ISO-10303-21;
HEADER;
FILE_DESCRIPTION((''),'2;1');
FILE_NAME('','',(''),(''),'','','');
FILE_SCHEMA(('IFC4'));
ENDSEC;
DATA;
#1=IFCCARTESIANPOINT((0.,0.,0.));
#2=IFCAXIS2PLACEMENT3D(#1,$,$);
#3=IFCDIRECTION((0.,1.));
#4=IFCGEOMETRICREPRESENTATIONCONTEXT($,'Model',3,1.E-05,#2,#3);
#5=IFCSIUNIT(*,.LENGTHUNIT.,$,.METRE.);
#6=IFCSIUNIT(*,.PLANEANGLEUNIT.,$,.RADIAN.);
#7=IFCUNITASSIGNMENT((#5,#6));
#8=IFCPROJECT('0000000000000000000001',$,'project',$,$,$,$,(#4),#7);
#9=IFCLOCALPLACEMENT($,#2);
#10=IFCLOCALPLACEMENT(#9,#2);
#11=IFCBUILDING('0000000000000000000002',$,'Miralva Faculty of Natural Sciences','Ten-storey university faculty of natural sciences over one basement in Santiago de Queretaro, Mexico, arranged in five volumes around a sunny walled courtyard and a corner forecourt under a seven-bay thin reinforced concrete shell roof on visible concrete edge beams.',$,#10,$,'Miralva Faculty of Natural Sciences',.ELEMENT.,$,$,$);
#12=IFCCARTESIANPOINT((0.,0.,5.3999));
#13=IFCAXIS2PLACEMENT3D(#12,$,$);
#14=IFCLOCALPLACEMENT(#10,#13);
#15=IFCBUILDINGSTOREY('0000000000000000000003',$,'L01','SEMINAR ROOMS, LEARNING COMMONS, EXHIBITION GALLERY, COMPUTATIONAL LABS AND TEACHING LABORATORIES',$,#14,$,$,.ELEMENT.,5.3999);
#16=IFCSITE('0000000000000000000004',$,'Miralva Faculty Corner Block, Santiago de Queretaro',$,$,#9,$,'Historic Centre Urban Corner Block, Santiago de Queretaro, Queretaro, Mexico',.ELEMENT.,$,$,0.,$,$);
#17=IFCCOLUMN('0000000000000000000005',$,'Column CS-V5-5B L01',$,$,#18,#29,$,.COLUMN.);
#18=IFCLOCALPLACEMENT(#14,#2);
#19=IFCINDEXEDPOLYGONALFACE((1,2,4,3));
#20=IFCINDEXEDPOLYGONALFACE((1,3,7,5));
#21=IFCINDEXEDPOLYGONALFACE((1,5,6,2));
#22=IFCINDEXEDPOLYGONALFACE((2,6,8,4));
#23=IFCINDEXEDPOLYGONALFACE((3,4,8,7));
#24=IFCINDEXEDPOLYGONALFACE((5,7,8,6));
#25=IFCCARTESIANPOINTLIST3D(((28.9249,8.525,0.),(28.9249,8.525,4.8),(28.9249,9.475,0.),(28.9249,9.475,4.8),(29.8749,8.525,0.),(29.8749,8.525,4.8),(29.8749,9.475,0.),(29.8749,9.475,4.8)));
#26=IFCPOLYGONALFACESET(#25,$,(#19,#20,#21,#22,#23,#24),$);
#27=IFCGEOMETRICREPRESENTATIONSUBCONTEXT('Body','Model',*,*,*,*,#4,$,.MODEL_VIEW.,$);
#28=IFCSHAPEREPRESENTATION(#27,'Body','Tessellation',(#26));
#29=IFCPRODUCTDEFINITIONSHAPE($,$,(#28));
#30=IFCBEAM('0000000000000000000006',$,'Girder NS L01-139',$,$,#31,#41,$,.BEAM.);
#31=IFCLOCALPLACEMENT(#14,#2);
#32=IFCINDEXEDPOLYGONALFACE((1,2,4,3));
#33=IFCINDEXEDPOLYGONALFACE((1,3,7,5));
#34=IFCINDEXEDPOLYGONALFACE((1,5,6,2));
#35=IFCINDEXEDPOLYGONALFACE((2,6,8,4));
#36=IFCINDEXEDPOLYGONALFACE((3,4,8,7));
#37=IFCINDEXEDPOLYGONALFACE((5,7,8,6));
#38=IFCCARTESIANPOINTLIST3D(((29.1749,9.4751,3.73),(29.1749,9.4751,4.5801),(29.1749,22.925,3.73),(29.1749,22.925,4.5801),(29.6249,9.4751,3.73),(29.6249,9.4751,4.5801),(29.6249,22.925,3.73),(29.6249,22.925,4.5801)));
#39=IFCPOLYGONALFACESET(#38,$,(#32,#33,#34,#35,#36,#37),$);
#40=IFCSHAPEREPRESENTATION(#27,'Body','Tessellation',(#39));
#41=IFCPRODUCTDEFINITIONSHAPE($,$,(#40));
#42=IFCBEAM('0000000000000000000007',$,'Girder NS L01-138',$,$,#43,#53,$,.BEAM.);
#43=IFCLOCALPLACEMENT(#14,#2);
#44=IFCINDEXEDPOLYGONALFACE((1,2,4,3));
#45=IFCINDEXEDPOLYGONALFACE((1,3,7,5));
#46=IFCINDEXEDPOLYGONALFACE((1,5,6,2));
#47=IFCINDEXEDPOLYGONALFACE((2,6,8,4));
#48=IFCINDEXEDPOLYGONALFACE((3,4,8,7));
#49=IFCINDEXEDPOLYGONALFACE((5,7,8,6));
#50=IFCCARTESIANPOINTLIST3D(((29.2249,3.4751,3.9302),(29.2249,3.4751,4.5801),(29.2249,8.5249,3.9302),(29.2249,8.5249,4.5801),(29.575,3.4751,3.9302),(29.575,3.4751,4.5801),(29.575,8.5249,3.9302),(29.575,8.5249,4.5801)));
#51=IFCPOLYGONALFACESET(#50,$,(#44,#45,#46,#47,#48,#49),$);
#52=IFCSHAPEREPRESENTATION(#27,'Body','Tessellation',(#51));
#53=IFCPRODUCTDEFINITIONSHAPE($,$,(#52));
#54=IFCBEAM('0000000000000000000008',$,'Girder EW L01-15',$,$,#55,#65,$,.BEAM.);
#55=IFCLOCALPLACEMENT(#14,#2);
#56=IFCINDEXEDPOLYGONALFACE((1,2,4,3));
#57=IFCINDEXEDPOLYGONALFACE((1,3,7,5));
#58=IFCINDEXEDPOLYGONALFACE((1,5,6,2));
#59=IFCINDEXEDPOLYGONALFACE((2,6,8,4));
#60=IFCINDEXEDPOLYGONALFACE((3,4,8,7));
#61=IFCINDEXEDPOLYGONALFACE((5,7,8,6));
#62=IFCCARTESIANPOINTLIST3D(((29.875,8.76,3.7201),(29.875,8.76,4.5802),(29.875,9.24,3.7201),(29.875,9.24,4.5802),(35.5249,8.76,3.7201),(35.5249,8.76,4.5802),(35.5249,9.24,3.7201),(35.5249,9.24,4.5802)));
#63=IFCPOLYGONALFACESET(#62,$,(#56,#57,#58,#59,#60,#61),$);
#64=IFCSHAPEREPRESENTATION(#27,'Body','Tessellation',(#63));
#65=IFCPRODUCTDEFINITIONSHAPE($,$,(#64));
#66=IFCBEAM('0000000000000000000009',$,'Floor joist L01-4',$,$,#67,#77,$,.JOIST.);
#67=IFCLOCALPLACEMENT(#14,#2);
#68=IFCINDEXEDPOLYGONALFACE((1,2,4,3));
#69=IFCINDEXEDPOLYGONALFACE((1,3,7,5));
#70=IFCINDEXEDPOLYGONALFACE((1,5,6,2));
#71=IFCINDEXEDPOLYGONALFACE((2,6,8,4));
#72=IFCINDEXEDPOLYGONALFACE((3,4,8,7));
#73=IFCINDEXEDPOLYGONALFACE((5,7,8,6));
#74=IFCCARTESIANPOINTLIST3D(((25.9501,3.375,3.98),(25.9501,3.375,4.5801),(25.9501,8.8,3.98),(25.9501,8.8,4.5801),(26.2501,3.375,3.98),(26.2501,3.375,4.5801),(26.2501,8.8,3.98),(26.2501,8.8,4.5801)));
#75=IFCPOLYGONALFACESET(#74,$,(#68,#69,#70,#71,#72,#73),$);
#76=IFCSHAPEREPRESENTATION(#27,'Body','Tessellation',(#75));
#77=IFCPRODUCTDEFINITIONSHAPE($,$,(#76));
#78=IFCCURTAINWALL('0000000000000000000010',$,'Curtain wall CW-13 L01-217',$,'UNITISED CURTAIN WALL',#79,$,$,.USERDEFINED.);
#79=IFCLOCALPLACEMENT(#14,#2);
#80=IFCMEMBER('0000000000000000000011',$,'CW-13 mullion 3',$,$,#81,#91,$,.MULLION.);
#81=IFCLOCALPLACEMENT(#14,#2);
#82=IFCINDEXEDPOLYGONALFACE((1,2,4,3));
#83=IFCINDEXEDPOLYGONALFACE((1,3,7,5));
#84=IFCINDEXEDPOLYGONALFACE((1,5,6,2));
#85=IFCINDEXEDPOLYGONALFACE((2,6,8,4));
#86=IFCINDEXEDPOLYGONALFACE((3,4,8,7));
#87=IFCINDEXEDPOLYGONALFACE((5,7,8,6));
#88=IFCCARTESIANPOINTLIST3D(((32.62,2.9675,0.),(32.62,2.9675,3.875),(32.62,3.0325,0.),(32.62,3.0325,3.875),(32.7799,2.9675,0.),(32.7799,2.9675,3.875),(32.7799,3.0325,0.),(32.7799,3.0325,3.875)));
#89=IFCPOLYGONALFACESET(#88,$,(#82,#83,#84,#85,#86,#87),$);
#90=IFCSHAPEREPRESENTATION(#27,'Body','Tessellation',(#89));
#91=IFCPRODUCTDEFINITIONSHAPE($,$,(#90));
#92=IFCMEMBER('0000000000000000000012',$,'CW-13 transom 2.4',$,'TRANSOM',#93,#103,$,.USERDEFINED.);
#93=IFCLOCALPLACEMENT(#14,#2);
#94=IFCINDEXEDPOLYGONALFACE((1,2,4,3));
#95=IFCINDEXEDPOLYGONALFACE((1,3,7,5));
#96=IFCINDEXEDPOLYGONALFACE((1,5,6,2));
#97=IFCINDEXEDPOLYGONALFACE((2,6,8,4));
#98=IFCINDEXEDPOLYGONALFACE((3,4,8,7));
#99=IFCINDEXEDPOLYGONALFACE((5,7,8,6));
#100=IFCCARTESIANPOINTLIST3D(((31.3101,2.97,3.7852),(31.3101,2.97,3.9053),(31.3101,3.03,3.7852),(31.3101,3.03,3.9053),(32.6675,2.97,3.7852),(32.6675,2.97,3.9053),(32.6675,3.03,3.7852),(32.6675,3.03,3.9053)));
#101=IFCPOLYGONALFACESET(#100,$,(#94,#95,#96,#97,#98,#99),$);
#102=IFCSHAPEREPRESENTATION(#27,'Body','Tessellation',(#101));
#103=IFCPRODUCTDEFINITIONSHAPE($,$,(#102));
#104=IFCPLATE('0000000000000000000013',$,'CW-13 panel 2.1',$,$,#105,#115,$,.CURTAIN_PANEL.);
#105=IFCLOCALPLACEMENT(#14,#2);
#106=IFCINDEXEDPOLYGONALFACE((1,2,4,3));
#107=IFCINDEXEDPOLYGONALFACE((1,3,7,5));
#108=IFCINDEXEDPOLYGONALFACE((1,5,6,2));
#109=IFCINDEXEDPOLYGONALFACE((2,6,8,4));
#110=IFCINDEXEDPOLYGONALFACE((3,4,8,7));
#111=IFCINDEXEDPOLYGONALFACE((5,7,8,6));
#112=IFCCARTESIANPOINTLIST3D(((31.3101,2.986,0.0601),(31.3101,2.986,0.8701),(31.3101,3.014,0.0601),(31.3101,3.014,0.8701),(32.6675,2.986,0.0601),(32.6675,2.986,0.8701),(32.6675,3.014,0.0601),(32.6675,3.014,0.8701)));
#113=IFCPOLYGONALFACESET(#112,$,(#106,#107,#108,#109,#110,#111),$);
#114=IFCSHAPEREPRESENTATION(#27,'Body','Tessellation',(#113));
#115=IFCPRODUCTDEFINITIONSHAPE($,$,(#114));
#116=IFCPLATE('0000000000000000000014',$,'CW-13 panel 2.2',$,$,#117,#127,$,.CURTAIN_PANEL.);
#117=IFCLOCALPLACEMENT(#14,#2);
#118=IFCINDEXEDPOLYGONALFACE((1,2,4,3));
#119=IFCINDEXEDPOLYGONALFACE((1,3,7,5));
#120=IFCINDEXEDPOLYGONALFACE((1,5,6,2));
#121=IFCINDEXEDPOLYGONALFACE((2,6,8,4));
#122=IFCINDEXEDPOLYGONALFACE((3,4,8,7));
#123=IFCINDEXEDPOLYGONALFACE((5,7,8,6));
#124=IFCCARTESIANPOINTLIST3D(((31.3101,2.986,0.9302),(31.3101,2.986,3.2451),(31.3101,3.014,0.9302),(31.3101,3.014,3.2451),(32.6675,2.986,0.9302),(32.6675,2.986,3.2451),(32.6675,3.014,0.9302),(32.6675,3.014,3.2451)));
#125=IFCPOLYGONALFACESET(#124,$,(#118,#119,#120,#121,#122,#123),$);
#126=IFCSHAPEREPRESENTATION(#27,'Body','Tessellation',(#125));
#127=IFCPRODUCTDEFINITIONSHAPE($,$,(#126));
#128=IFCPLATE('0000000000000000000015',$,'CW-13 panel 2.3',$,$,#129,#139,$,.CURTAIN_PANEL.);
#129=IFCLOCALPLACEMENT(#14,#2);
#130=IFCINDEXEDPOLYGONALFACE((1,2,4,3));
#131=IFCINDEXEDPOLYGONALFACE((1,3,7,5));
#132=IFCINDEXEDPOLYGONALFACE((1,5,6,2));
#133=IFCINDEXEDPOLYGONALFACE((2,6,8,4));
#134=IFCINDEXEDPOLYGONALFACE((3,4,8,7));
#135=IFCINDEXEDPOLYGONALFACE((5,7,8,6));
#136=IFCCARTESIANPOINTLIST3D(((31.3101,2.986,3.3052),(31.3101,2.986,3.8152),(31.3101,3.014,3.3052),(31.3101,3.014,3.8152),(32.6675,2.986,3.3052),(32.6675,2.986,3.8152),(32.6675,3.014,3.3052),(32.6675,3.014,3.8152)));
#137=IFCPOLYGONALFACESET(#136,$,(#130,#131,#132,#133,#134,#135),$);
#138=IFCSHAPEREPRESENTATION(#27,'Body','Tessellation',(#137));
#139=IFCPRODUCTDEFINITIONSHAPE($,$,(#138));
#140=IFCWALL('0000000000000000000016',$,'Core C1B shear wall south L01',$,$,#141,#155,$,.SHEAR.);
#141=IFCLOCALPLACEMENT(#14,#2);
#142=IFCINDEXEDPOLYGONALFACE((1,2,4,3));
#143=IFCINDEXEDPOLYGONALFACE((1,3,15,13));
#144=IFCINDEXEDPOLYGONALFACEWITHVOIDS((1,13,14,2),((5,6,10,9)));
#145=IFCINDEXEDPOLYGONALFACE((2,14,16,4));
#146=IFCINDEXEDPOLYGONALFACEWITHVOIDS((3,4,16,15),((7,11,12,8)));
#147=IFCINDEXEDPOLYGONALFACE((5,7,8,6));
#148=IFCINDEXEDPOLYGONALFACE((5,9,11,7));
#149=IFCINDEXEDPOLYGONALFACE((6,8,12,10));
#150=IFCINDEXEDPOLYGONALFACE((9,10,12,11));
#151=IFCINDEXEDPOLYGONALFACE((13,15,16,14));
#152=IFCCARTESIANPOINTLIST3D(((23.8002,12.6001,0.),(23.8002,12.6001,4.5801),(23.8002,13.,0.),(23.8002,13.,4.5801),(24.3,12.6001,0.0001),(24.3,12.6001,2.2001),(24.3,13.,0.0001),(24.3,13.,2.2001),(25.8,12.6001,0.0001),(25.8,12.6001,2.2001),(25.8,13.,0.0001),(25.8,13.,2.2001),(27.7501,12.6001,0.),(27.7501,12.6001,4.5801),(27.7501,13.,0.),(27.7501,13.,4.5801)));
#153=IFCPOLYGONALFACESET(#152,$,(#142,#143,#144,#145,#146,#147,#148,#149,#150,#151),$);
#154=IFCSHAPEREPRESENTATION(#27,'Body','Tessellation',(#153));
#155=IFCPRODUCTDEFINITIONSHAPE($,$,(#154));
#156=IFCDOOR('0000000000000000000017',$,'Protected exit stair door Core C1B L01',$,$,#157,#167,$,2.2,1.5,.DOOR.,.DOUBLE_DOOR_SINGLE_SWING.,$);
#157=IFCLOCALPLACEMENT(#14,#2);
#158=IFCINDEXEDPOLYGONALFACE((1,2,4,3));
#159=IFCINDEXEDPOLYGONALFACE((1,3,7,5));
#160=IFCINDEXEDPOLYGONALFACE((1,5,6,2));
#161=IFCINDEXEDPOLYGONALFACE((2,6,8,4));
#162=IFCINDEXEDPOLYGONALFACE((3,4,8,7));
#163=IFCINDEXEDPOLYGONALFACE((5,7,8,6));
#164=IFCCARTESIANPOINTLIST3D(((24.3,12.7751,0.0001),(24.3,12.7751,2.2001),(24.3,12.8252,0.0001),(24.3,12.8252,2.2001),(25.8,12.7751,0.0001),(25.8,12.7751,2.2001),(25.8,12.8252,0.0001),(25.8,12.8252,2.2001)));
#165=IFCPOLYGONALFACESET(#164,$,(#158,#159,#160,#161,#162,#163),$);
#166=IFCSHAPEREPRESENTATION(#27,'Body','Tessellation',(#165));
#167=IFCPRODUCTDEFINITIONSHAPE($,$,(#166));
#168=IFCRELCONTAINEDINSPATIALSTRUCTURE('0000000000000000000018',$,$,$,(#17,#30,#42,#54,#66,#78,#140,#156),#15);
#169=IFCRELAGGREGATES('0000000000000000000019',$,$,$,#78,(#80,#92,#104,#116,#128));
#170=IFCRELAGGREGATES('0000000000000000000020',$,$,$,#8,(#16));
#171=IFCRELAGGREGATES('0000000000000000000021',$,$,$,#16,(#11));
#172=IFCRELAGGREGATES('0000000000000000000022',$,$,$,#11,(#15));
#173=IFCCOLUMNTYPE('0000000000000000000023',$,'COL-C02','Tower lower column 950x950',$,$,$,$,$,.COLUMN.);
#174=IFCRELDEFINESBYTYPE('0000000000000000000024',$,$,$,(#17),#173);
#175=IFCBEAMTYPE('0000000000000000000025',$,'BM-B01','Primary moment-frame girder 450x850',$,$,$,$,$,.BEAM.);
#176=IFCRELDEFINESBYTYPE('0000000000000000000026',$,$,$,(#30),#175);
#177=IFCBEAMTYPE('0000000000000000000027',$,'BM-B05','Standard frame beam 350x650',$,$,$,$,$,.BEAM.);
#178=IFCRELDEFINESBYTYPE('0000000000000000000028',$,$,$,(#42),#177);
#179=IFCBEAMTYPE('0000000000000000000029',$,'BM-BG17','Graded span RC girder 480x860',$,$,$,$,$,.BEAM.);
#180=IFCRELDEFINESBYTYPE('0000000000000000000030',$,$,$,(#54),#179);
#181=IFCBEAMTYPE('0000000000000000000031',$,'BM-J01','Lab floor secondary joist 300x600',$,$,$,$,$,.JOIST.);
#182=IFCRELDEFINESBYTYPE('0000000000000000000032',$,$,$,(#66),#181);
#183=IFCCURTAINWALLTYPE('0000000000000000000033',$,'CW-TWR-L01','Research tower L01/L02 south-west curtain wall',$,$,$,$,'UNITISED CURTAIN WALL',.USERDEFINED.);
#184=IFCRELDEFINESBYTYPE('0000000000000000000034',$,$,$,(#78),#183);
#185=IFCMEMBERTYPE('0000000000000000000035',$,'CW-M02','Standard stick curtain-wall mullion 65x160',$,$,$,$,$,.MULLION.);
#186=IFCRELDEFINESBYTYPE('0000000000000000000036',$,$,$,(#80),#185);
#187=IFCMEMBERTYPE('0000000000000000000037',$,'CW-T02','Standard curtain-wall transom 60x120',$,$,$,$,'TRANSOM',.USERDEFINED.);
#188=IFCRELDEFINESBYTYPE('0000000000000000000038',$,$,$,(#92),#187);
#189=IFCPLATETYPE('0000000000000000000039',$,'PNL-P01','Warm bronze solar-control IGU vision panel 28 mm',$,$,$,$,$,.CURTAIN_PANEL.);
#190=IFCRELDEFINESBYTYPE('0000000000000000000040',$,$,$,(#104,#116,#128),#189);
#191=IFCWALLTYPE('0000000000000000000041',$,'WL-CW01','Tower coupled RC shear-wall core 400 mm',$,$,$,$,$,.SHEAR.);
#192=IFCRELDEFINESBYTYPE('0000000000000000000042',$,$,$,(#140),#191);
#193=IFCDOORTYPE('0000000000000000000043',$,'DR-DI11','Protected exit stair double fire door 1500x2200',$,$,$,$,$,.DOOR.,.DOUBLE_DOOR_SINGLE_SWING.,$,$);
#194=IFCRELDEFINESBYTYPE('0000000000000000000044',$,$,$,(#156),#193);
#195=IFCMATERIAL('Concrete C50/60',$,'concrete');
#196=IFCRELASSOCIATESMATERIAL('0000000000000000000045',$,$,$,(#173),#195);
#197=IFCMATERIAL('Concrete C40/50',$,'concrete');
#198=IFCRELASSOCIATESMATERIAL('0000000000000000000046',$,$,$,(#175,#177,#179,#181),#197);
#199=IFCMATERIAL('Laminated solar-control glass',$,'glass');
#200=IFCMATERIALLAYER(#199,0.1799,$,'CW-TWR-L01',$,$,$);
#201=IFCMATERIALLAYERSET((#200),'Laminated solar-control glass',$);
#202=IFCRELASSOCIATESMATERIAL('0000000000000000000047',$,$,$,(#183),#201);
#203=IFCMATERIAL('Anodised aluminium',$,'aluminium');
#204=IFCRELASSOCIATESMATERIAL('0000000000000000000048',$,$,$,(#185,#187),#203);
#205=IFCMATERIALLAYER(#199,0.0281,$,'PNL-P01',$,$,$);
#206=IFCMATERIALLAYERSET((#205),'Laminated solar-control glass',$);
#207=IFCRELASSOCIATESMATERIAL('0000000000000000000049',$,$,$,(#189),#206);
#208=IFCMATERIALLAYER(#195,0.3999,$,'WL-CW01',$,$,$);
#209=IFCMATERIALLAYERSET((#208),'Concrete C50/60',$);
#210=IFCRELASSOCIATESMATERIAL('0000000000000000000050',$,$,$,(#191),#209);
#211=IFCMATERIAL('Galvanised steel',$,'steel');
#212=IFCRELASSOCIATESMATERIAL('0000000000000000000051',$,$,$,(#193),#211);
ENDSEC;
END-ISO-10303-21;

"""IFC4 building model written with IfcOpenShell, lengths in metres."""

from ifc_helpers import new_model, si_unit, direction, frame, frame_2d, origin, origin_2d, place, context, subcontext, project, spatial, rectangle, extrude, material, layer, layer_set, material_profile, profile_set, type_object, element, fill, aggregate, save


model = new_model("IFC4")

# Units and contexts
model_context = context("Model", 3, precision=1e-05, world=origin(), true_north=direction((0.0, 1.0)))
body_context = subcontext(model_context, "Body", "Model", "MODEL_VIEW")
ifc_project = project(units=[si_unit("LENGTHUNIT", "METRE"), si_unit("PLANEANGLEUNIT", "RADIAN")], contexts=[model_context])

# Site, building, storey
site_placement = place(None, origin())
site = spatial("IfcSite", under=ifc_project, at=site_placement, Name="Miralva Faculty Corner Block, Santiago de Queretaro", LongName="Historic Centre Urban Corner Block, Santiago de Queretaro, Queretaro, Mexico", CompositionType="ELEMENT", RefElevation=0.0)
building_placement = place(site_placement, origin())
building = spatial("IfcBuilding", under=site, at=building_placement, Name="Miralva Faculty of Natural Sciences", Description="Ten-storey university faculty of natural sciences over one basement in Santiago de Queretaro, Mexico, arranged in five volumes around a sunny walled courtyard and a corner forecourt under a seven-bay thin reinforced concrete shell roof on visible concrete edge beams.", LongName="Miralva Faculty of Natural Sciences", CompositionType="ELEMENT")
storey_placement = place(building_placement, frame((0.0, 0.0, 5.3999)))
storey = spatial("IfcBuildingStorey", under=building, at=storey_placement, Name="L01", Description="SEMINAR ROOMS, LEARNING COMMONS, EXHIBITION GALLERY, COMPUTATIONAL LABS AND TEACHING LABORATORIES", CompositionType="ELEMENT", Elevation=5.3999)

# Column
ifc_material_1 = material(Name="Concrete C50/60", Category="concrete")
ifc_material_profile_1 = material_profile(ifc_material_1, rectangle(XDim=0.95, YDim=0.95, at=origin_2d()), Name="RC 950x950")
ifc_profile_set_1 = profile_set([ifc_material_profile_1], Name="Concrete C50/60")
column_type = type_object("IfcColumnType", Name="COL-C02", Description="Tower lower column 950x950", PredefinedType="COLUMN", material=ifc_profile_set_1)
column_placement = place(storey_placement, frame((29.3999, 9.0, 0.0), z_axis=(0.0, 0.0, 1.0), x_axis=(1.0, 0.0, 0.0)))
element("IfcColumn", 1, at=column_placement, inside=storey, type_object=column_type, Name="Column CS-V5-5B L01", PredefinedType="COLUMN", context=body_context, shape_type="SweptSolid", body=[
    extrude(rectangle(XDim=0.95, YDim=0.95, at=origin_2d()), origin(), (0.0, 0.0, 1.0), 4.8),
])

# Beams
ifc_material_2 = material(Name="Concrete C40/50", Category="concrete")
ifc_material_profile_2 = material_profile(ifc_material_2, rectangle(XDim=0.45, YDim=0.8501, at=origin_2d()), Name="RC 450x850")
ifc_profile_set_2 = profile_set([ifc_material_profile_2], Name="Concrete C40/50")
beam_type_1 = type_object("IfcBeamType", Name="BM-B01", Description="Primary moment-frame girder 450x850", PredefinedType="BEAM", material=ifc_profile_set_2)
beam_1_placement = place(storey_placement, frame((29.3999, 9.4751, 4.155), z_axis=(0.0, 1.0, 0.0), x_axis=(-1.0, 0.0, 0.0)))
element("IfcBeam", 2, at=beam_1_placement, inside=storey, type_object=beam_type_1, Name="Girder NS L01-139", PredefinedType="BEAM", context=body_context, shape_type="SweptSolid", body=[
    extrude(rectangle(XDim=0.45, YDim=0.8501, at=origin_2d()), origin(), (0.0, 0.0, 1.0), 13.45),
])
ifc_material_profile_3 = material_profile(ifc_material_2, rectangle(XDim=0.3501, YDim=0.6499, at=origin_2d()), Name="RC 350x650")
ifc_profile_set_3 = profile_set([ifc_material_profile_3], Name="Concrete C40/50")
beam_type_2 = type_object("IfcBeamType", Name="BM-B05", Description="Standard frame beam 350x650", PredefinedType="BEAM", material=ifc_profile_set_3)
beam_2_placement = place(storey_placement, frame((29.3999, 3.4751, 4.2551), z_axis=(0.0, 1.0, 0.0), x_axis=(-1.0, 0.0, 0.0)))
element("IfcBeam", 3, at=beam_2_placement, inside=storey, type_object=beam_type_2, Name="Girder NS L01-138", PredefinedType="BEAM", context=body_context, shape_type="SweptSolid", body=[
    extrude(rectangle(XDim=0.3501, YDim=0.6499, at=origin_2d()), origin(), (0.0, 0.0, 1.0), 5.0498),
])
ifc_material_profile_4 = material_profile(ifc_material_2, rectangle(XDim=0.48, YDim=0.8601, at=origin_2d()), Name="RC 480x860")
ifc_profile_set_4 = profile_set([ifc_material_profile_4], Name="Concrete C40/50")
beam_type_3 = type_object("IfcBeamType", Name="BM-BG17", Description="Graded span RC girder 480x860", PredefinedType="BEAM", material=ifc_profile_set_4)
beam_3_placement = place(storey_placement, frame((29.875, 9.0, 4.1501), z_axis=(1.0, 0.0, 0.0), x_axis=(0.0, 1.0, 0.0)))
element("IfcBeam", 4, at=beam_3_placement, inside=storey, type_object=beam_type_3, Name="Girder EW L01-15", PredefinedType="BEAM", context=body_context, shape_type="SweptSolid", body=[
    extrude(rectangle(XDim=0.48, YDim=0.8601, at=origin_2d()), origin(), (0.0, 0.0, 1.0), 5.6499),
])
ifc_material_profile_5 = material_profile(ifc_material_2, rectangle(XDim=0.3, YDim=0.6001, at=origin_2d()), Name="RC 300x600")
ifc_profile_set_5 = profile_set([ifc_material_profile_5], Name="Concrete C40/50")
beam_type_4 = type_object("IfcBeamType", Name="BM-J01", Description="Lab floor secondary joist 300x600", PredefinedType="JOIST", material=ifc_profile_set_5)
beam_4_placement = place(storey_placement, frame((26.1001, 3.375, 4.28), z_axis=(0.0, 1.0, 0.0), x_axis=(-1.0, 0.0, 0.0)))
element("IfcBeam", 5, at=beam_4_placement, inside=storey, type_object=beam_type_4, Name="Floor joist L01-4", PredefinedType="JOIST", context=body_context, shape_type="SweptSolid", body=[
    extrude(rectangle(XDim=0.3, YDim=0.6001, at=origin_2d()), origin(), (0.0, 0.0, 1.0), 5.425),
])

# Curtain wall, members, plates
ifc_material_3 = material(Name="Laminated solar-control glass", Category="glass")
ifc_layer_1 = layer(ifc_material_3, 0.1799, Name="CW-TWR-L01")
ifc_layer_set_1 = layer_set([ifc_layer_1], Name="Laminated solar-control glass")
curtain_wall_type = type_object("IfcCurtainWallType", Name="CW-TWR-L01", Description="Research tower L01/L02 south-west curtain wall", ElementType="UNITISED CURTAIN WALL", PredefinedType="USERDEFINED", material=ifc_layer_set_1)
curtain_wall_placement = place(storey_placement, origin())
curtain_wall = element("IfcCurtainWall", 6, at=curtain_wall_placement, inside=storey, type_object=curtain_wall_type, Name="Curtain wall CW-13 L01-217", ObjectType="UNITISED CURTAIN WALL", PredefinedType="USERDEFINED")
ifc_material_4 = material(Name="Anodised aluminium", Category="aluminium")
ifc_material_profile_6 = material_profile(ifc_material_4, rectangle(XDim=0.0649, YDim=0.1599, at=origin_2d()), Name="MULLION 65x160")
ifc_profile_set_6 = profile_set([ifc_material_profile_6], Name="Anodised aluminium")
member_type_1 = type_object("IfcMemberType", Name="CW-M02", Description="Standard stick curtain-wall mullion 65x160", PredefinedType="MULLION", material=ifc_profile_set_6)
member_1_placement = place(storey_placement, frame((32.7, 3.0, 0.0), z_axis=(0.0, 0.0, 1.0), x_axis=(0.0, 1.0, 0.0)))
member_1 = element("IfcMember", 7, at=member_1_placement, type_object=member_type_1, Name="CW-13 mullion 3", PredefinedType="MULLION", context=body_context, shape_type="SweptSolid", body=[
    extrude(rectangle(XDim=0.0649, YDim=0.1599, at=origin_2d()), origin(), (0.0, 0.0, 1.0), 3.875),
])
ifc_material_profile_7 = material_profile(ifc_material_4, rectangle(XDim=0.0601, YDim=0.1201, at=origin_2d()), Name="TRANSOM 60x120")
ifc_profile_set_7 = profile_set([ifc_material_profile_7], Name="Anodised aluminium")
member_type_2 = type_object("IfcMemberType", Name="CW-T02", Description="Standard curtain-wall transom 60x120", ElementType="TRANSOM", PredefinedType="USERDEFINED", material=ifc_profile_set_7)
member_2_placement = place(storey_placement, frame((31.3101, 3.0, 3.8452), z_axis=(1.0, 0.0, 0.0), x_axis=(0.0, 1.0, 0.0)))
member_2 = element("IfcMember", 8, at=member_2_placement, type_object=member_type_2, Name="CW-13 transom 2.4", ObjectType="TRANSOM", PredefinedType="USERDEFINED", context=body_context, shape_type="SweptSolid", body=[
    extrude(rectangle(XDim=0.0601, YDim=0.1201, at=origin_2d()), origin(), (0.0, 0.0, 1.0), 1.3574),
])
ifc_layer_2 = layer(ifc_material_3, 0.0281, Name="PNL-P01")
ifc_layer_set_2 = layer_set([ifc_layer_2], Name="Laminated solar-control glass")
plate_type = type_object("IfcPlateType", Name="PNL-P01", Description="Warm bronze solar-control IGU vision panel 28 mm", PredefinedType="CURTAIN_PANEL", material=ifc_layer_set_2)
plate_1_placement = place(storey_placement, frame((31.9888, 3.0, 0.0601), z_axis=(0.0, 0.0, 1.0), x_axis=(1.0, 0.0, 0.0)))
plate_1 = element("IfcPlate", 9, at=plate_1_placement, type_object=plate_type, Name="CW-13 panel 2.1", PredefinedType="CURTAIN_PANEL", context=body_context, shape_type="SweptSolid", body=[
    extrude(rectangle(XDim=1.3574, YDim=0.0281, at=origin_2d()), origin(), (0.0, 0.0, 1.0), 0.8101),
])
plate_2_placement = place(storey_placement, frame((31.9888, 3.0, 0.9302), z_axis=(0.0, 0.0, 1.0), x_axis=(1.0, 0.0, 0.0)))
plate_2 = element("IfcPlate", 10, at=plate_2_placement, type_object=plate_type, Name="CW-13 panel 2.2", PredefinedType="CURTAIN_PANEL", context=body_context, shape_type="SweptSolid", body=[
    extrude(rectangle(XDim=1.3574, YDim=0.0281, at=origin_2d()), origin(), (0.0, 0.0, 1.0), 2.3149),
])
plate_3_placement = place(storey_placement, frame((31.9888, 3.0, 3.3052), z_axis=(0.0, 0.0, 1.0), x_axis=(1.0, 0.0, 0.0)))
plate_3 = element("IfcPlate", 11, at=plate_3_placement, type_object=plate_type, Name="CW-13 panel 2.3", PredefinedType="CURTAIN_PANEL", context=body_context, shape_type="SweptSolid", body=[
    extrude(rectangle(XDim=1.3574, YDim=0.0281, at=origin_2d()), origin(), (0.0, 0.0, 1.0), 0.51),
])
aggregate(curtain_wall, [member_1, member_2, plate_1, plate_2, plate_3])

# Wall, opening, door
ifc_layer_3 = layer(ifc_material_1, 0.3999, Name="WL-CW01")
ifc_layer_set_3 = layer_set([ifc_layer_3], Name="Concrete C50/60")
wall_type_1 = type_object("IfcWallType", Name="WL-CW01", Description="Tower coupled RC shear-wall core 400 mm", PredefinedType="SHEAR", material=ifc_layer_set_3)
wall_1_placement = place(storey_placement, frame((23.8, 12.8, 0.0), z_axis=(0.0, 0.0, 1.0), x_axis=(1.0, 0.0, 0.0)))
wall_1 = element("IfcWall", 12, at=wall_1_placement, inside=storey, type_object=wall_type_1, Name="Core C1B shear wall south L01", PredefinedType="SHEAR", context=body_context, shape_type="SweptSolid", body=[
    extrude(rectangle(XDim=3.95, YDim=0.3999, at=frame_2d((1.9751, 0.0))), origin(), (0.0, 0.0, 1.0), 4.5801),
])
opening_1_placement = place(wall_1_placement, frame((0.5, 0.0, 0.0)))
opening_1 = element("IfcOpeningElement", 13, at=opening_1_placement, cuts=wall_1, PredefinedType="OPENING", context=body_context, shape_type="SweptSolid", body=[
    extrude(rectangle(XDim=1.5, YDim=2.2, at=frame_2d((0.75, 1.1001))), frame((0.0, 0.21, 0.0), z_axis=(0.0, -1.0, 0.0), x_axis=(1.0, 0.0, 0.0)), (0.0, 0.0, 1.0), 0.4199),
])
ifc_material_5 = material(Name="Galvanised steel", Category="steel")
door_type_1 = type_object("IfcDoorType", Name="DR-DI11", Description="Protected exit stair double fire door 1500x2200", OperationType="DOUBLE_DOOR_SINGLE_SWING", PredefinedType="DOOR", material=ifc_material_5)
door_1_placement = place(opening_1_placement, frame((1.5, 0.0, 0.0), z_axis=(0.0, 0.0, 1.0), x_axis=(-1.0, 0.0, 0.0)))
door_1 = element("IfcDoor", 14, at=door_1_placement, inside=storey, type_object=door_type_1, Name="Protected exit stair door Core C1B L01", OperationType="DOUBLE_DOOR_SINGLE_SWING", OverallHeight=2.2, OverallWidth=1.5, PredefinedType="DOOR", context=body_context, shape_type="SweptSolid", body=[
    extrude(rectangle(XDim=1.5, YDim=2.2, at=frame_2d((0.75, 1.1001))), frame((0.0, 0.0249, 0.0), z_axis=(0.0, -1.0, 0.0), x_axis=(1.0, 0.0, 0.0)), (0.0, 0.0, 1.0), 0.05),
])
fill(opening_1, door_1)

save(model, "model.ifc")
